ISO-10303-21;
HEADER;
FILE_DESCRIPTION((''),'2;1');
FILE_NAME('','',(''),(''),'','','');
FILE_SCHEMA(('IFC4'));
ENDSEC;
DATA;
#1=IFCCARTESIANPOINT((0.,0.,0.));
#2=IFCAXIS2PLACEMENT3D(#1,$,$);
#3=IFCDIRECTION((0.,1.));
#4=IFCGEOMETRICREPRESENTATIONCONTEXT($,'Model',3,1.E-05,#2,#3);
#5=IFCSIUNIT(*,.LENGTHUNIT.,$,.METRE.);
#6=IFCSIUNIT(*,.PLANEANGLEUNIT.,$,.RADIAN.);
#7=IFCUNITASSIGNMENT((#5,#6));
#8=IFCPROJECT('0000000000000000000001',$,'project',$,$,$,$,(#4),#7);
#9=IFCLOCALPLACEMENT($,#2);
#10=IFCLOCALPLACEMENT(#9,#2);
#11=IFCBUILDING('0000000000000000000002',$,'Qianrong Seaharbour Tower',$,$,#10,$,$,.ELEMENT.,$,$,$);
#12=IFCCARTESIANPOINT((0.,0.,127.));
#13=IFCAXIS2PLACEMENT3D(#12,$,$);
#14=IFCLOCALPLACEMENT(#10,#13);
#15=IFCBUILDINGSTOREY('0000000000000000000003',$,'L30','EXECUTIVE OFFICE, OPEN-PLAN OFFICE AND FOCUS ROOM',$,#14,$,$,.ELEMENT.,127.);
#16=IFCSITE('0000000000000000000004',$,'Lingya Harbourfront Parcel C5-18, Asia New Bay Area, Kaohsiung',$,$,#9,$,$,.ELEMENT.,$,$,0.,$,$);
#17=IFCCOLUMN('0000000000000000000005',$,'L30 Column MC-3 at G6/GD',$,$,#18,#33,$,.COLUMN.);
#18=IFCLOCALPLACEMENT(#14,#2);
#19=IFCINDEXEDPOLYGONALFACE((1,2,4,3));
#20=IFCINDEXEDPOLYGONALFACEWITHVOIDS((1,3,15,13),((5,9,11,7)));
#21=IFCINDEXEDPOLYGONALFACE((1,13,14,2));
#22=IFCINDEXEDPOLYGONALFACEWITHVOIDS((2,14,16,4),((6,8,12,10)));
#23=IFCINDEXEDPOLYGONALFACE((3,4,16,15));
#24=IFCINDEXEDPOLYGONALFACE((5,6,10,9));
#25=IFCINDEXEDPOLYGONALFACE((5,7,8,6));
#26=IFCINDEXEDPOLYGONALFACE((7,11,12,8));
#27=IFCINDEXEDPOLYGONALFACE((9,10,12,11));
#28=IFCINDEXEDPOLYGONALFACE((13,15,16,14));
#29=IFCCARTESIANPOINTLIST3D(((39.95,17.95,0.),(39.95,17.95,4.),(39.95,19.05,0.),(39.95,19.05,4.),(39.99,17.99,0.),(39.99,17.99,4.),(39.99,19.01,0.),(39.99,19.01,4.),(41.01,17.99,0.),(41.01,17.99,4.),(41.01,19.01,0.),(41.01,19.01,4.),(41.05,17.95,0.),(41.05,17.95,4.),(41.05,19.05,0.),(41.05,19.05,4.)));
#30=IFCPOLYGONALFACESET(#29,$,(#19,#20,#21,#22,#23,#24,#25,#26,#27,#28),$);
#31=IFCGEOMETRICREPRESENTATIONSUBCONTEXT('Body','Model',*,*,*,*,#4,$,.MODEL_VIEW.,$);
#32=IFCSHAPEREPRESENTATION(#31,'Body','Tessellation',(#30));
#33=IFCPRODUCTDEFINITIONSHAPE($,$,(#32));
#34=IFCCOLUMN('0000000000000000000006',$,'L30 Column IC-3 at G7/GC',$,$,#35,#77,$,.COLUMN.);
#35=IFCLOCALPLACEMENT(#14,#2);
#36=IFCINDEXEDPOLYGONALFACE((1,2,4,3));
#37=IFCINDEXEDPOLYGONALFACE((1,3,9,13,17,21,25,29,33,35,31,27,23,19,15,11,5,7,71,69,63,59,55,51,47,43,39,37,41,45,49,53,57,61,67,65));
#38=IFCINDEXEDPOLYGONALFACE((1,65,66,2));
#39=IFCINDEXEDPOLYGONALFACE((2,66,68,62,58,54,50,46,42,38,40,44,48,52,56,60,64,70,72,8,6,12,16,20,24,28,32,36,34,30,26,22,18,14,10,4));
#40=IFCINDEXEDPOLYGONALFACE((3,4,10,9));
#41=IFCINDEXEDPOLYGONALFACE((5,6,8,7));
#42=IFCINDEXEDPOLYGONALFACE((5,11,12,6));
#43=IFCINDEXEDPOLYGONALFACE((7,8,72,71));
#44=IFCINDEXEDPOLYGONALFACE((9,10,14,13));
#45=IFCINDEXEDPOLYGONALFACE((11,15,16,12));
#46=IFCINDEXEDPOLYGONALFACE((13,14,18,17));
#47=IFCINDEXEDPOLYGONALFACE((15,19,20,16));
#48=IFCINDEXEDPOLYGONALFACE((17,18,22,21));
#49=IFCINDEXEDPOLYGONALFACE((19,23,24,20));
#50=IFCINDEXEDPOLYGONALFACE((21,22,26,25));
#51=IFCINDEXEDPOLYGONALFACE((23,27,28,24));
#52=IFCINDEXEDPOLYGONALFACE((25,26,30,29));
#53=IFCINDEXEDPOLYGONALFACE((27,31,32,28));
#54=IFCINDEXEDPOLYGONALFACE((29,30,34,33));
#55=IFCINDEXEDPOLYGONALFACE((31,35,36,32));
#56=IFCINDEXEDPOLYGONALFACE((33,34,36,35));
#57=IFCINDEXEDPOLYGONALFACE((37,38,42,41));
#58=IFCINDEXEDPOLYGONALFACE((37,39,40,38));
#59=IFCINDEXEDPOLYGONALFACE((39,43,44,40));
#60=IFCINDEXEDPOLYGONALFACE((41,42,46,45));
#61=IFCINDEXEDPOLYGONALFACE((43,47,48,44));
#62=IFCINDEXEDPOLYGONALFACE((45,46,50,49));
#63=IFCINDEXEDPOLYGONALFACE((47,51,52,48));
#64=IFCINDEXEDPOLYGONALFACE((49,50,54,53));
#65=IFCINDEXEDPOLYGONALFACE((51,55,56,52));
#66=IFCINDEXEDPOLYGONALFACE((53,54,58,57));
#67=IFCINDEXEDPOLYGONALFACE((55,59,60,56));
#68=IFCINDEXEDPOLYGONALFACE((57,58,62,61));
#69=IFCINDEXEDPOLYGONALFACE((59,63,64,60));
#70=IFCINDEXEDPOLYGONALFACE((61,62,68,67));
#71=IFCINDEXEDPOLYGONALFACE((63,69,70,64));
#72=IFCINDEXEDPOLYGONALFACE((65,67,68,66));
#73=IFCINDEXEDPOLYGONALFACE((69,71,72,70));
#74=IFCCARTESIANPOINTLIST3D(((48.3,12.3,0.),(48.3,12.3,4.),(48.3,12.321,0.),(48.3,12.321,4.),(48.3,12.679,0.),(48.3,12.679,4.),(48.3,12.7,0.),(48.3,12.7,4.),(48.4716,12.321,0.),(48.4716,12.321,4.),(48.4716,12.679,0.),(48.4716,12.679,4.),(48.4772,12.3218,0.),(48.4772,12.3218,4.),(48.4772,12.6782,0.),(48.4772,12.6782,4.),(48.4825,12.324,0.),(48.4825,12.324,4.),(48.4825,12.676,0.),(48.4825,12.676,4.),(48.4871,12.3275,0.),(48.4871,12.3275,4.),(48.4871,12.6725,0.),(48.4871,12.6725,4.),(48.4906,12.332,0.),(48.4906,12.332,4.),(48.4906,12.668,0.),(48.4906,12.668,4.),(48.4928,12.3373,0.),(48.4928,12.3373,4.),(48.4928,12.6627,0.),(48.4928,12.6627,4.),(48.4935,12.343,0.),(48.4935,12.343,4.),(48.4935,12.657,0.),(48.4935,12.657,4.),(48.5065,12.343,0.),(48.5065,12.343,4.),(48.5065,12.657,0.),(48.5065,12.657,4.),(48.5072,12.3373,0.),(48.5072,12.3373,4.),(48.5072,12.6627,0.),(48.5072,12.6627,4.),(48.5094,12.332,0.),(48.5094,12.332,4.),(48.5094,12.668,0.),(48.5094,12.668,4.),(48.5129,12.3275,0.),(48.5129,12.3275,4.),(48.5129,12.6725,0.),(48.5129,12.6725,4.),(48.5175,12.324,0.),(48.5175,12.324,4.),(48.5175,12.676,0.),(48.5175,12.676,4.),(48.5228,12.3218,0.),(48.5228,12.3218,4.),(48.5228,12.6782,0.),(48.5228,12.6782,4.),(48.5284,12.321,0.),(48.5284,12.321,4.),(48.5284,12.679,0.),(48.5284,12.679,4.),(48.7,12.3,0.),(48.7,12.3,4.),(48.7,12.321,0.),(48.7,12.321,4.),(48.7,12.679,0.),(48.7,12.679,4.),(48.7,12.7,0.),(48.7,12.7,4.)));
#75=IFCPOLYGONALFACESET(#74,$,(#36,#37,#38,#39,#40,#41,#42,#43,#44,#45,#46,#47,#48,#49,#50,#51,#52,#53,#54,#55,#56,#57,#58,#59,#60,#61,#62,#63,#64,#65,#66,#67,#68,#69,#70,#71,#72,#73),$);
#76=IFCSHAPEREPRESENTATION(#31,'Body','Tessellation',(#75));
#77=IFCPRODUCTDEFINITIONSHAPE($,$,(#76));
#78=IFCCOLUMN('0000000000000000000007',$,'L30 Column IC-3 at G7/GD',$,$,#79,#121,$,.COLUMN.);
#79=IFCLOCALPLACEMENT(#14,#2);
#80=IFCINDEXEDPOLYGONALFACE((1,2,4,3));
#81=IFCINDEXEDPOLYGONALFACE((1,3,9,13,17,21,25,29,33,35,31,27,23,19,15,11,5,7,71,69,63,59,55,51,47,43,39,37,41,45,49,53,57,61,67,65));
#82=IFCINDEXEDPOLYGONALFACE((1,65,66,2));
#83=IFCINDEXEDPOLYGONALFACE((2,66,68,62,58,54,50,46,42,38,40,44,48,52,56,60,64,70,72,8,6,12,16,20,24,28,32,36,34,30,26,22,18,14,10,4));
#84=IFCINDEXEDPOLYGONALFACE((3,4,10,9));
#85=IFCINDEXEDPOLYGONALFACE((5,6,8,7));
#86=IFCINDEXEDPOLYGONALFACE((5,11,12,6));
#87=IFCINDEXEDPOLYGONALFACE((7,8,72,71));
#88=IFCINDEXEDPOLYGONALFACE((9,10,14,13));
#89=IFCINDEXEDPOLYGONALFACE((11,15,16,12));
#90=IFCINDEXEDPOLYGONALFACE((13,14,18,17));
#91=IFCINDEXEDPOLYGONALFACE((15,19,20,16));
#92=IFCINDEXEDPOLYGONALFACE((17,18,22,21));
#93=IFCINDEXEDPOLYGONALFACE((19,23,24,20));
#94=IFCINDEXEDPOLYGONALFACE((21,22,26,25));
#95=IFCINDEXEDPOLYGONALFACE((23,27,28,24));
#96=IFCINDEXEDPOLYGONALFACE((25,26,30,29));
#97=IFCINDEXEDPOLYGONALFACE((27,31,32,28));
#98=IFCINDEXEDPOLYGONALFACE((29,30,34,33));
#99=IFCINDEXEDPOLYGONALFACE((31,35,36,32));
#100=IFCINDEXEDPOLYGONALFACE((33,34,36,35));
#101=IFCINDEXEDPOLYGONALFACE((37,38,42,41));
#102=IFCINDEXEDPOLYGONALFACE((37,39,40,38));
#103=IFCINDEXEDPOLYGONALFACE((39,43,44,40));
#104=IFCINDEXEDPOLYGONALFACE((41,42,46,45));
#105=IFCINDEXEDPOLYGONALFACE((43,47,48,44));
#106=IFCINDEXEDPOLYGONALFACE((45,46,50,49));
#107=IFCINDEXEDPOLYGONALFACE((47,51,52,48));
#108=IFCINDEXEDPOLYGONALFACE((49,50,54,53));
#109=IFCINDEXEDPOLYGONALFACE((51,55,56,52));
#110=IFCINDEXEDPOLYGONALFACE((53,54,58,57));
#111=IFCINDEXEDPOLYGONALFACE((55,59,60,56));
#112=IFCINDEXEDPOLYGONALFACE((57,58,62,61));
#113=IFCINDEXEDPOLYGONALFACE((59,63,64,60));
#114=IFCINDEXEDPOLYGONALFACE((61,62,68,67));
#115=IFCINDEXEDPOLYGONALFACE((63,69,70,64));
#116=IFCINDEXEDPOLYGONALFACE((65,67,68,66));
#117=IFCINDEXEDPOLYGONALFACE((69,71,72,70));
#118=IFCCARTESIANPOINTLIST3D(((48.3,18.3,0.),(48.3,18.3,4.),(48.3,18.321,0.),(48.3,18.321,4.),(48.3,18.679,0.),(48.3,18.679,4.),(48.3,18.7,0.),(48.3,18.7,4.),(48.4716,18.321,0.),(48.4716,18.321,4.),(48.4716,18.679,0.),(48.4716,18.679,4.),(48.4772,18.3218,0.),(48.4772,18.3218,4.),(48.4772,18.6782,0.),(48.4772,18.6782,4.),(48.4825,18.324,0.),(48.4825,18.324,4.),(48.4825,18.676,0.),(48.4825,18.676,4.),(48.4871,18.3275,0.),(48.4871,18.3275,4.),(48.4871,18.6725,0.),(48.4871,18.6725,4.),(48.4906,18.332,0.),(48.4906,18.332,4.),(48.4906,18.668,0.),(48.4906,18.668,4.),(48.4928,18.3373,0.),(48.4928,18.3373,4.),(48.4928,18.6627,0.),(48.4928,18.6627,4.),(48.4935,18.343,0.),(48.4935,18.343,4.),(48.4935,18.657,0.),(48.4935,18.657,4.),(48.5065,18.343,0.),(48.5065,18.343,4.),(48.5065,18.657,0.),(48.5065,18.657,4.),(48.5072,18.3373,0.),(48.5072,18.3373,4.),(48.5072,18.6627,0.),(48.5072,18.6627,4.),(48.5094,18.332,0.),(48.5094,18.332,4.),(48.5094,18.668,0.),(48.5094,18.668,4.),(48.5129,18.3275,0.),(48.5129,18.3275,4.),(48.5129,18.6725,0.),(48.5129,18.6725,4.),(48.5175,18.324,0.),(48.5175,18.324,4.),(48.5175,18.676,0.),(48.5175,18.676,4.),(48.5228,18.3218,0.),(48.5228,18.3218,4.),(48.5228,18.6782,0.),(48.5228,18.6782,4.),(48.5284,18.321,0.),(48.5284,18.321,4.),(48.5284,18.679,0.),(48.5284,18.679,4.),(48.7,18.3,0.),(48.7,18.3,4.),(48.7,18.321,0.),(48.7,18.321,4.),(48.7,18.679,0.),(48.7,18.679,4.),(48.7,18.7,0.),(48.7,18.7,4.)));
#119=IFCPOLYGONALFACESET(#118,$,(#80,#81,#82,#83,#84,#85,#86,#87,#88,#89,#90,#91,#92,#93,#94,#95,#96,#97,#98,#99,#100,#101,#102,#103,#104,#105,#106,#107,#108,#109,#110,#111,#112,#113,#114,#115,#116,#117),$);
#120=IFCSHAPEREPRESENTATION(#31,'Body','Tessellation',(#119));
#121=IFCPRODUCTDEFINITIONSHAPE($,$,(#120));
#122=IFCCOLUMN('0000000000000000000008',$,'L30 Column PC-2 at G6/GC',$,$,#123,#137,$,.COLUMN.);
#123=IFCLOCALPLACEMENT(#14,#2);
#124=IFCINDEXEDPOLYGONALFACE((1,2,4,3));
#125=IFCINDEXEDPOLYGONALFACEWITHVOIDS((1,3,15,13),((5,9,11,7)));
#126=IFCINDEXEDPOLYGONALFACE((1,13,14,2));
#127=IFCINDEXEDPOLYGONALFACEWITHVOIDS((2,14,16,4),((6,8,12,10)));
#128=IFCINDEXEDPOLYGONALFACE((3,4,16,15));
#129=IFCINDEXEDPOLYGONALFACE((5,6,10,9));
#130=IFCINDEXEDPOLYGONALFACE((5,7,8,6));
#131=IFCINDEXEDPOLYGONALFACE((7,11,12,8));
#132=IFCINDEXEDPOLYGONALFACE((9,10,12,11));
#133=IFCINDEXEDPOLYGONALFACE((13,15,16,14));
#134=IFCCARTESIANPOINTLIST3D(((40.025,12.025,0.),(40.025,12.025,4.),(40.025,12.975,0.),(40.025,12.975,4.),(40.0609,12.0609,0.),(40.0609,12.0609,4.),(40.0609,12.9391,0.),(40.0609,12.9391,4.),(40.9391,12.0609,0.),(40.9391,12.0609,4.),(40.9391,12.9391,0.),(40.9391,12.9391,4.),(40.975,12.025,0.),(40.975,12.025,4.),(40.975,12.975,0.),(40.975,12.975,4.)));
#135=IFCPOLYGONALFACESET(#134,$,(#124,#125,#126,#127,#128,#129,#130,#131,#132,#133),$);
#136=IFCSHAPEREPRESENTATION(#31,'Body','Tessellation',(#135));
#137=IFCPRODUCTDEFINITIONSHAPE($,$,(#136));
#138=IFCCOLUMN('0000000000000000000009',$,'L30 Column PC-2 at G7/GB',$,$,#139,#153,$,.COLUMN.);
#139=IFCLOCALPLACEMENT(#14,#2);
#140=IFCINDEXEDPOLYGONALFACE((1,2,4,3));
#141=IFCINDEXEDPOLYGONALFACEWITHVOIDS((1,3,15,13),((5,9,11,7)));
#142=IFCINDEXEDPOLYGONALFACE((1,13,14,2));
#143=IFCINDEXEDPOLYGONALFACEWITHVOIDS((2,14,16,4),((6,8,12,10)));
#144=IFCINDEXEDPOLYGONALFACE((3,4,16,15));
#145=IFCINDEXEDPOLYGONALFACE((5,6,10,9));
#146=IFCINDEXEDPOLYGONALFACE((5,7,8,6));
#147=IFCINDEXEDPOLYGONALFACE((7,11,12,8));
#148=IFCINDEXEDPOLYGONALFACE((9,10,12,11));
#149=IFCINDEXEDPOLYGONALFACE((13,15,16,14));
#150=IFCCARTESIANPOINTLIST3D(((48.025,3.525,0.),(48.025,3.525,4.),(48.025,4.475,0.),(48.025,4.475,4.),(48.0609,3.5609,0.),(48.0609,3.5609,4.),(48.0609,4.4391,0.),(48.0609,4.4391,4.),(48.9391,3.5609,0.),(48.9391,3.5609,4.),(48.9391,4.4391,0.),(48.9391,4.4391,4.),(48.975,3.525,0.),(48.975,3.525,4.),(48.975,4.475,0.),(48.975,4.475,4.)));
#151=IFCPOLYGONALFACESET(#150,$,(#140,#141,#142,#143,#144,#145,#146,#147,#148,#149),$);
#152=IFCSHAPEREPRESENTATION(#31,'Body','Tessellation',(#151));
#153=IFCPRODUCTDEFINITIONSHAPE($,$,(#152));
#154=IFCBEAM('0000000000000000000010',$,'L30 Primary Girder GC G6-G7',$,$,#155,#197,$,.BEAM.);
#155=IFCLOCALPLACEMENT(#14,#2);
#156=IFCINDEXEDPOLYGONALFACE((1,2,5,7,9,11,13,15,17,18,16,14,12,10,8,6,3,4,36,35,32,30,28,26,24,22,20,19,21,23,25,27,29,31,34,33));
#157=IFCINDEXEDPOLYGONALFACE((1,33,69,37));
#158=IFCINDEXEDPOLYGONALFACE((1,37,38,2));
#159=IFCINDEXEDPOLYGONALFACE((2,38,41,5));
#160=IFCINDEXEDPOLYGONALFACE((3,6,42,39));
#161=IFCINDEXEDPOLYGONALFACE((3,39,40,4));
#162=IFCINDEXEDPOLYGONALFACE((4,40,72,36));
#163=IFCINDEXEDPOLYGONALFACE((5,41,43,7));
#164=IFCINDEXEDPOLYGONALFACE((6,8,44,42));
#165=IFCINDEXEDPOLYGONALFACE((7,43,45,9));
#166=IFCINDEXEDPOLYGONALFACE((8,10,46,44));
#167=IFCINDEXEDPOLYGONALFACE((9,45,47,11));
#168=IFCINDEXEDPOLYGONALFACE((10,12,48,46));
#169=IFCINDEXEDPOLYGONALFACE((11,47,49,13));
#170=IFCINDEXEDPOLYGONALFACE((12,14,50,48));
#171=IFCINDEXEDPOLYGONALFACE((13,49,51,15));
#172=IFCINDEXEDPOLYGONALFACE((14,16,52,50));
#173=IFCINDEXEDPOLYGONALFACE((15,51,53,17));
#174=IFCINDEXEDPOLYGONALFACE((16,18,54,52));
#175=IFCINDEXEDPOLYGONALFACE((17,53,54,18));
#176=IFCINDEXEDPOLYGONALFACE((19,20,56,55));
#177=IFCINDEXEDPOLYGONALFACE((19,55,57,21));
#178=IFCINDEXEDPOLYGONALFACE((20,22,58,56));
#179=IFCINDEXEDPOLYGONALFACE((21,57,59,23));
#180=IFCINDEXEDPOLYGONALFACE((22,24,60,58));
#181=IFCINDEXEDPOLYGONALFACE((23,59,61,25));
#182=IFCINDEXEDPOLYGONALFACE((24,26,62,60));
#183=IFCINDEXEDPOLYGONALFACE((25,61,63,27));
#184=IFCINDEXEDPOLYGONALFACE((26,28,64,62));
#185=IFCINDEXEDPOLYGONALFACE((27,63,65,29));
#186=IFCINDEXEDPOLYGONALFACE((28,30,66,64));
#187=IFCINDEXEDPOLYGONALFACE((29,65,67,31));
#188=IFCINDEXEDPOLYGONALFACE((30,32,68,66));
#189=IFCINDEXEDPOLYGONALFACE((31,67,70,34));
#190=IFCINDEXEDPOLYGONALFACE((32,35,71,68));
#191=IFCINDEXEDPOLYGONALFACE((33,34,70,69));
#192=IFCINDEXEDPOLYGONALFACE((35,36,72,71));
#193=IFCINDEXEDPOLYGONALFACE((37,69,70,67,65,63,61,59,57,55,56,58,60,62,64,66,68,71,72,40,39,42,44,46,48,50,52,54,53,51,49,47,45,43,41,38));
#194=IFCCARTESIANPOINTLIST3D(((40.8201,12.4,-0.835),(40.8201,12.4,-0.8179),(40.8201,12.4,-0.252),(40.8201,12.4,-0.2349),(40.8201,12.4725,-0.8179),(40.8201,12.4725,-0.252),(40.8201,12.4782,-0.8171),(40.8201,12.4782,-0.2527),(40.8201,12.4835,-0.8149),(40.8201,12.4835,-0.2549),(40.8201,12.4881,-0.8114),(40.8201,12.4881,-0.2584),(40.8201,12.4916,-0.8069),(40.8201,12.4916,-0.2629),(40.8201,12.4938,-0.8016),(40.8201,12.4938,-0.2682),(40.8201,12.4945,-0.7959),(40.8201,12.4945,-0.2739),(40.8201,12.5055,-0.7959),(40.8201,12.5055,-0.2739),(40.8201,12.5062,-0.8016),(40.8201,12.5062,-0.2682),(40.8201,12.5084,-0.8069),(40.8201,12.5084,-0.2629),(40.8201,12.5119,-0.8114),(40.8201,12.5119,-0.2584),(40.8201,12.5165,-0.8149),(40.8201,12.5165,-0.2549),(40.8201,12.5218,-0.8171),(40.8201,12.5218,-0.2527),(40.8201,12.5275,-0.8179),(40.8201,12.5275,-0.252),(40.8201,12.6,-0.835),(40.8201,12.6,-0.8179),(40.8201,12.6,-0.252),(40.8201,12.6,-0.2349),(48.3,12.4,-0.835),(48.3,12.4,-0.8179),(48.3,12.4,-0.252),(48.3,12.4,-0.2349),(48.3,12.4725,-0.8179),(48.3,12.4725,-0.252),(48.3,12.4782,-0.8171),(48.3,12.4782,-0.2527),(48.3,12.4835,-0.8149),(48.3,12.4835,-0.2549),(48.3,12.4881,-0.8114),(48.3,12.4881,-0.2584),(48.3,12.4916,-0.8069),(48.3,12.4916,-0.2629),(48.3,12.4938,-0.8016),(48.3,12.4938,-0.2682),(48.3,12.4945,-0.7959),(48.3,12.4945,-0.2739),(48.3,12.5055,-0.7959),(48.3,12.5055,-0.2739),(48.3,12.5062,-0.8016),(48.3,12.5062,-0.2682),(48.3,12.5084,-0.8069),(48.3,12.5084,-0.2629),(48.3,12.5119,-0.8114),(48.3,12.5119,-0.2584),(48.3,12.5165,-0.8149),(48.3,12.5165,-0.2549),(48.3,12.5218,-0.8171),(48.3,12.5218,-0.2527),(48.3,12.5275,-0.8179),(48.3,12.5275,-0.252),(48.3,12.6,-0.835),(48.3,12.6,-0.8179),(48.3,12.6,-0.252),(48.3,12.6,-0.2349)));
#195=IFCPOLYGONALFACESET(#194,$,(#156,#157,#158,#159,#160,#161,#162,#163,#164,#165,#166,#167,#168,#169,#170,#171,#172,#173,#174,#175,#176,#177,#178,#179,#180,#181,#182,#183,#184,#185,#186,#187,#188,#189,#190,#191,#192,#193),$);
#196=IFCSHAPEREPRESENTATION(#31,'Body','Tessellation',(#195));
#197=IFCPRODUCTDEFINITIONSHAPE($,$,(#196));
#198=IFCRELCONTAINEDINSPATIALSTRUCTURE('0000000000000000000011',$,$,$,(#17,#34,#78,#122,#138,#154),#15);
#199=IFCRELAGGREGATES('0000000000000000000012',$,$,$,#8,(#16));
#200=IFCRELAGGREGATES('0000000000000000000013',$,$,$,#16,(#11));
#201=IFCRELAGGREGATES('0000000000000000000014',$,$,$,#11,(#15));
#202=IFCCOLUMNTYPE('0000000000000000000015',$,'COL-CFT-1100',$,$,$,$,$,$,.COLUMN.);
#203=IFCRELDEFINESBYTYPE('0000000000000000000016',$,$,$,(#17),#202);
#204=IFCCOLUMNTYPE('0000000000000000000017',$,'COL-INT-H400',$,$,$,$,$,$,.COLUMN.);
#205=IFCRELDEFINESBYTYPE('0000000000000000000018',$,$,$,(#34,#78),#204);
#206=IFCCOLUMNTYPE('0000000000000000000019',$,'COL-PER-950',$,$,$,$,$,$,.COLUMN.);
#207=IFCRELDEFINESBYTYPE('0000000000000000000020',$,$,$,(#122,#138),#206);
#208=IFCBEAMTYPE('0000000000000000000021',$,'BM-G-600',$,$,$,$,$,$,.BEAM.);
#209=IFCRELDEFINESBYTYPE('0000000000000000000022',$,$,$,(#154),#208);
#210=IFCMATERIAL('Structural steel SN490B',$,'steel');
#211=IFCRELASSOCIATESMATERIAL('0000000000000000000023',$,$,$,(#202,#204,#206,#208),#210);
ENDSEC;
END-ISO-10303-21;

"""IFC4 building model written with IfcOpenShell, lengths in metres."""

from ifc_helpers import new_model, si_unit, direction, frame, origin, origin_2d, place, context, subcontext, project, spatial, hollow_rectangle, i_section, extrude, material, material_profile, profile_set, type_object, element, save


model = new_model("IFC4")

# Units and contexts
model_context = context("Model", 3, precision=1e-05, world=origin(), true_north=direction((0.0, 1.0)))
body_context = subcontext(model_context, "Body", "Model", "MODEL_VIEW")
ifc_project = project(units=[si_unit("LENGTHUNIT", "METRE"), si_unit("PLANEANGLEUNIT", "RADIAN")], contexts=[model_context])

# Site, building, storey
site_placement = place(None, origin())
site = spatial("IfcSite", under=ifc_project, at=site_placement, Name="Lingya Harbourfront Parcel C5-18, Asia New Bay Area, Kaohsiung", CompositionType="ELEMENT", RefElevation=0.0)
building_placement = place(site_placement, origin())
building = spatial("IfcBuilding", under=site, at=building_placement, Name="Qianrong Seaharbour Tower", CompositionType="ELEMENT")
storey_placement = place(building_placement, frame((0.0, 0.0, 127.0)))
storey = spatial("IfcBuildingStorey", under=building, at=storey_placement, Name="L30", Description="EXECUTIVE OFFICE, OPEN-PLAN OFFICE AND FOCUS ROOM", CompositionType="ELEMENT", Elevation=127.0)

# Columns
ifc_material_1 = material(Name="Structural steel SN490B", Category="steel")
ifc_material_profile_1 = material_profile(ifc_material_1, hollow_rectangle(XDim=1.1001, YDim=1.1001, WallThickness=0.04, at=origin_2d()), Name="BOX1100x1100x40")
ifc_profile_set_1 = profile_set([ifc_material_profile_1], Name="Structural steel SN490B")
column_type_1 = type_object("IfcColumnType", Name="COL-CFT-1100", PredefinedType="COLUMN", material=ifc_profile_set_1)
column_placement = place(storey_placement, frame((40.5, 18.5, 0.0), z_axis=(0.0, 0.0, 1.0), x_axis=(1.0, 0.0, 0.0)))
element("IfcColumn", 1, at=column_placement, inside=storey, type_object=column_type_1, Name="L30 Column MC-3 at G6/GD", PredefinedType="COLUMN", context=body_context, shape_type="SweptSolid", body=[
    extrude(hollow_rectangle(XDim=1.1001, YDim=1.1001, WallThickness=0.04, at=origin_2d()), origin(), (0.0, 0.0, 1.0), 4.0),
])
ifc_material_profile_2 = material_profile(ifc_material_1, i_section(OverallWidth=0.3999, OverallDepth=0.3999, WebThickness=0.0129, FlangeThickness=0.021, FilletRadius=0.022, at=origin_2d()), Name="H400x400x13x21")
ifc_profile_set_2 = profile_set([ifc_material_profile_2], Name="Structural steel SN490B")
column_type_2 = type_object("IfcColumnType", Name="COL-INT-H400", PredefinedType="COLUMN", material=ifc_profile_set_2)
for number, where, z_axis, x_axis, name in (
    (2, (48.5, 12.5, 0.0), (0.0, 0.0, 1.0), (1.0, 0.0, 0.0), "L30 Column IC-3 at G7/GC"),
    (3, (48.5, 18.5, 0.0), (0.0, 0.0, 1.0), (1.0, 0.0, 0.0), "L30 Column IC-3 at G7/GD"),
):
    element("IfcColumn", number, at=place(storey_placement, frame(where, z_axis=z_axis, x_axis=x_axis)), inside=storey, type_object=column_type_2, Name=name, PredefinedType="COLUMN", context=body_context, shape_type="SweptSolid", body=[
        extrude(i_section(OverallWidth=0.3999, OverallDepth=0.3999, WebThickness=0.0129, FlangeThickness=0.021, FilletRadius=0.022, at=origin_2d()), origin(), (0.0, 0.0, 1.0), 4.0),
    ])
ifc_material_profile_3 = material_profile(ifc_material_1, hollow_rectangle(XDim=0.95, YDim=0.95, WallThickness=0.0359, at=origin_2d()), Name="BOX950x950x36")
ifc_profile_set_3 = profile_set([ifc_material_profile_3], Name="Structural steel SN490B")
column_type_3 = type_object("IfcColumnType", Name="COL-PER-950", PredefinedType="COLUMN", material=ifc_profile_set_3)
for number, where, z_axis, x_axis, name in (
    (4, (40.5, 12.5, 0.0), (0.0, 0.0, 1.0), (1.0, 0.0, 0.0), "L30 Column PC-2 at G6/GC"),
    (5, (48.5, 4.0, 0.0), (0.0, 0.0, 1.0), (1.0, 0.0, 0.0), "L30 Column PC-2 at G7/GB"),
):
    element("IfcColumn", number, at=place(storey_placement, frame(where, z_axis=z_axis, x_axis=x_axis)), inside=storey, type_object=column_type_3, Name=name, PredefinedType="COLUMN", context=body_context, shape_type="SweptSolid", body=[
        extrude(hollow_rectangle(XDim=0.95, YDim=0.95, WallThickness=0.0359, at=origin_2d()), origin(), (0.0, 0.0, 1.0), 4.0),
    ])

# Beam
ifc_material_profile_4 = material_profile(ifc_material_1, i_section(OverallWidth=0.2, OverallDepth=0.6001, WebThickness=0.011, FlangeThickness=0.0171, FilletRadius=0.022, at=origin_2d()), Name="H600x200x11x17")
ifc_profile_set_4 = profile_set([ifc_material_profile_4], Name="Structural steel SN490B")
beam_type_1 = type_object("IfcBeamType", Name="BM-G-600", PredefinedType="BEAM", material=ifc_profile_set_4)
beam_1_placement = place(storey_placement, frame((40.8201, 12.5, -0.5349), z_axis=(1.0, 0.0, 0.0), x_axis=(0.0, 1.0, 0.0)))
element("IfcBeam", 6, at=beam_1_placement, inside=storey, type_object=beam_type_1, Name="L30 Primary Girder GC G6-G7", PredefinedType="BEAM", context=body_context, shape_type="SweptSolid", body=[
    extrude(i_section(OverallWidth=0.2, OverallDepth=0.6001, WebThickness=0.011, FlangeThickness=0.0171, FilletRadius=0.022, at=origin_2d()), origin(), (0.0, 0.0, 1.0), 7.48),
])

save(model, "model.ifc")
